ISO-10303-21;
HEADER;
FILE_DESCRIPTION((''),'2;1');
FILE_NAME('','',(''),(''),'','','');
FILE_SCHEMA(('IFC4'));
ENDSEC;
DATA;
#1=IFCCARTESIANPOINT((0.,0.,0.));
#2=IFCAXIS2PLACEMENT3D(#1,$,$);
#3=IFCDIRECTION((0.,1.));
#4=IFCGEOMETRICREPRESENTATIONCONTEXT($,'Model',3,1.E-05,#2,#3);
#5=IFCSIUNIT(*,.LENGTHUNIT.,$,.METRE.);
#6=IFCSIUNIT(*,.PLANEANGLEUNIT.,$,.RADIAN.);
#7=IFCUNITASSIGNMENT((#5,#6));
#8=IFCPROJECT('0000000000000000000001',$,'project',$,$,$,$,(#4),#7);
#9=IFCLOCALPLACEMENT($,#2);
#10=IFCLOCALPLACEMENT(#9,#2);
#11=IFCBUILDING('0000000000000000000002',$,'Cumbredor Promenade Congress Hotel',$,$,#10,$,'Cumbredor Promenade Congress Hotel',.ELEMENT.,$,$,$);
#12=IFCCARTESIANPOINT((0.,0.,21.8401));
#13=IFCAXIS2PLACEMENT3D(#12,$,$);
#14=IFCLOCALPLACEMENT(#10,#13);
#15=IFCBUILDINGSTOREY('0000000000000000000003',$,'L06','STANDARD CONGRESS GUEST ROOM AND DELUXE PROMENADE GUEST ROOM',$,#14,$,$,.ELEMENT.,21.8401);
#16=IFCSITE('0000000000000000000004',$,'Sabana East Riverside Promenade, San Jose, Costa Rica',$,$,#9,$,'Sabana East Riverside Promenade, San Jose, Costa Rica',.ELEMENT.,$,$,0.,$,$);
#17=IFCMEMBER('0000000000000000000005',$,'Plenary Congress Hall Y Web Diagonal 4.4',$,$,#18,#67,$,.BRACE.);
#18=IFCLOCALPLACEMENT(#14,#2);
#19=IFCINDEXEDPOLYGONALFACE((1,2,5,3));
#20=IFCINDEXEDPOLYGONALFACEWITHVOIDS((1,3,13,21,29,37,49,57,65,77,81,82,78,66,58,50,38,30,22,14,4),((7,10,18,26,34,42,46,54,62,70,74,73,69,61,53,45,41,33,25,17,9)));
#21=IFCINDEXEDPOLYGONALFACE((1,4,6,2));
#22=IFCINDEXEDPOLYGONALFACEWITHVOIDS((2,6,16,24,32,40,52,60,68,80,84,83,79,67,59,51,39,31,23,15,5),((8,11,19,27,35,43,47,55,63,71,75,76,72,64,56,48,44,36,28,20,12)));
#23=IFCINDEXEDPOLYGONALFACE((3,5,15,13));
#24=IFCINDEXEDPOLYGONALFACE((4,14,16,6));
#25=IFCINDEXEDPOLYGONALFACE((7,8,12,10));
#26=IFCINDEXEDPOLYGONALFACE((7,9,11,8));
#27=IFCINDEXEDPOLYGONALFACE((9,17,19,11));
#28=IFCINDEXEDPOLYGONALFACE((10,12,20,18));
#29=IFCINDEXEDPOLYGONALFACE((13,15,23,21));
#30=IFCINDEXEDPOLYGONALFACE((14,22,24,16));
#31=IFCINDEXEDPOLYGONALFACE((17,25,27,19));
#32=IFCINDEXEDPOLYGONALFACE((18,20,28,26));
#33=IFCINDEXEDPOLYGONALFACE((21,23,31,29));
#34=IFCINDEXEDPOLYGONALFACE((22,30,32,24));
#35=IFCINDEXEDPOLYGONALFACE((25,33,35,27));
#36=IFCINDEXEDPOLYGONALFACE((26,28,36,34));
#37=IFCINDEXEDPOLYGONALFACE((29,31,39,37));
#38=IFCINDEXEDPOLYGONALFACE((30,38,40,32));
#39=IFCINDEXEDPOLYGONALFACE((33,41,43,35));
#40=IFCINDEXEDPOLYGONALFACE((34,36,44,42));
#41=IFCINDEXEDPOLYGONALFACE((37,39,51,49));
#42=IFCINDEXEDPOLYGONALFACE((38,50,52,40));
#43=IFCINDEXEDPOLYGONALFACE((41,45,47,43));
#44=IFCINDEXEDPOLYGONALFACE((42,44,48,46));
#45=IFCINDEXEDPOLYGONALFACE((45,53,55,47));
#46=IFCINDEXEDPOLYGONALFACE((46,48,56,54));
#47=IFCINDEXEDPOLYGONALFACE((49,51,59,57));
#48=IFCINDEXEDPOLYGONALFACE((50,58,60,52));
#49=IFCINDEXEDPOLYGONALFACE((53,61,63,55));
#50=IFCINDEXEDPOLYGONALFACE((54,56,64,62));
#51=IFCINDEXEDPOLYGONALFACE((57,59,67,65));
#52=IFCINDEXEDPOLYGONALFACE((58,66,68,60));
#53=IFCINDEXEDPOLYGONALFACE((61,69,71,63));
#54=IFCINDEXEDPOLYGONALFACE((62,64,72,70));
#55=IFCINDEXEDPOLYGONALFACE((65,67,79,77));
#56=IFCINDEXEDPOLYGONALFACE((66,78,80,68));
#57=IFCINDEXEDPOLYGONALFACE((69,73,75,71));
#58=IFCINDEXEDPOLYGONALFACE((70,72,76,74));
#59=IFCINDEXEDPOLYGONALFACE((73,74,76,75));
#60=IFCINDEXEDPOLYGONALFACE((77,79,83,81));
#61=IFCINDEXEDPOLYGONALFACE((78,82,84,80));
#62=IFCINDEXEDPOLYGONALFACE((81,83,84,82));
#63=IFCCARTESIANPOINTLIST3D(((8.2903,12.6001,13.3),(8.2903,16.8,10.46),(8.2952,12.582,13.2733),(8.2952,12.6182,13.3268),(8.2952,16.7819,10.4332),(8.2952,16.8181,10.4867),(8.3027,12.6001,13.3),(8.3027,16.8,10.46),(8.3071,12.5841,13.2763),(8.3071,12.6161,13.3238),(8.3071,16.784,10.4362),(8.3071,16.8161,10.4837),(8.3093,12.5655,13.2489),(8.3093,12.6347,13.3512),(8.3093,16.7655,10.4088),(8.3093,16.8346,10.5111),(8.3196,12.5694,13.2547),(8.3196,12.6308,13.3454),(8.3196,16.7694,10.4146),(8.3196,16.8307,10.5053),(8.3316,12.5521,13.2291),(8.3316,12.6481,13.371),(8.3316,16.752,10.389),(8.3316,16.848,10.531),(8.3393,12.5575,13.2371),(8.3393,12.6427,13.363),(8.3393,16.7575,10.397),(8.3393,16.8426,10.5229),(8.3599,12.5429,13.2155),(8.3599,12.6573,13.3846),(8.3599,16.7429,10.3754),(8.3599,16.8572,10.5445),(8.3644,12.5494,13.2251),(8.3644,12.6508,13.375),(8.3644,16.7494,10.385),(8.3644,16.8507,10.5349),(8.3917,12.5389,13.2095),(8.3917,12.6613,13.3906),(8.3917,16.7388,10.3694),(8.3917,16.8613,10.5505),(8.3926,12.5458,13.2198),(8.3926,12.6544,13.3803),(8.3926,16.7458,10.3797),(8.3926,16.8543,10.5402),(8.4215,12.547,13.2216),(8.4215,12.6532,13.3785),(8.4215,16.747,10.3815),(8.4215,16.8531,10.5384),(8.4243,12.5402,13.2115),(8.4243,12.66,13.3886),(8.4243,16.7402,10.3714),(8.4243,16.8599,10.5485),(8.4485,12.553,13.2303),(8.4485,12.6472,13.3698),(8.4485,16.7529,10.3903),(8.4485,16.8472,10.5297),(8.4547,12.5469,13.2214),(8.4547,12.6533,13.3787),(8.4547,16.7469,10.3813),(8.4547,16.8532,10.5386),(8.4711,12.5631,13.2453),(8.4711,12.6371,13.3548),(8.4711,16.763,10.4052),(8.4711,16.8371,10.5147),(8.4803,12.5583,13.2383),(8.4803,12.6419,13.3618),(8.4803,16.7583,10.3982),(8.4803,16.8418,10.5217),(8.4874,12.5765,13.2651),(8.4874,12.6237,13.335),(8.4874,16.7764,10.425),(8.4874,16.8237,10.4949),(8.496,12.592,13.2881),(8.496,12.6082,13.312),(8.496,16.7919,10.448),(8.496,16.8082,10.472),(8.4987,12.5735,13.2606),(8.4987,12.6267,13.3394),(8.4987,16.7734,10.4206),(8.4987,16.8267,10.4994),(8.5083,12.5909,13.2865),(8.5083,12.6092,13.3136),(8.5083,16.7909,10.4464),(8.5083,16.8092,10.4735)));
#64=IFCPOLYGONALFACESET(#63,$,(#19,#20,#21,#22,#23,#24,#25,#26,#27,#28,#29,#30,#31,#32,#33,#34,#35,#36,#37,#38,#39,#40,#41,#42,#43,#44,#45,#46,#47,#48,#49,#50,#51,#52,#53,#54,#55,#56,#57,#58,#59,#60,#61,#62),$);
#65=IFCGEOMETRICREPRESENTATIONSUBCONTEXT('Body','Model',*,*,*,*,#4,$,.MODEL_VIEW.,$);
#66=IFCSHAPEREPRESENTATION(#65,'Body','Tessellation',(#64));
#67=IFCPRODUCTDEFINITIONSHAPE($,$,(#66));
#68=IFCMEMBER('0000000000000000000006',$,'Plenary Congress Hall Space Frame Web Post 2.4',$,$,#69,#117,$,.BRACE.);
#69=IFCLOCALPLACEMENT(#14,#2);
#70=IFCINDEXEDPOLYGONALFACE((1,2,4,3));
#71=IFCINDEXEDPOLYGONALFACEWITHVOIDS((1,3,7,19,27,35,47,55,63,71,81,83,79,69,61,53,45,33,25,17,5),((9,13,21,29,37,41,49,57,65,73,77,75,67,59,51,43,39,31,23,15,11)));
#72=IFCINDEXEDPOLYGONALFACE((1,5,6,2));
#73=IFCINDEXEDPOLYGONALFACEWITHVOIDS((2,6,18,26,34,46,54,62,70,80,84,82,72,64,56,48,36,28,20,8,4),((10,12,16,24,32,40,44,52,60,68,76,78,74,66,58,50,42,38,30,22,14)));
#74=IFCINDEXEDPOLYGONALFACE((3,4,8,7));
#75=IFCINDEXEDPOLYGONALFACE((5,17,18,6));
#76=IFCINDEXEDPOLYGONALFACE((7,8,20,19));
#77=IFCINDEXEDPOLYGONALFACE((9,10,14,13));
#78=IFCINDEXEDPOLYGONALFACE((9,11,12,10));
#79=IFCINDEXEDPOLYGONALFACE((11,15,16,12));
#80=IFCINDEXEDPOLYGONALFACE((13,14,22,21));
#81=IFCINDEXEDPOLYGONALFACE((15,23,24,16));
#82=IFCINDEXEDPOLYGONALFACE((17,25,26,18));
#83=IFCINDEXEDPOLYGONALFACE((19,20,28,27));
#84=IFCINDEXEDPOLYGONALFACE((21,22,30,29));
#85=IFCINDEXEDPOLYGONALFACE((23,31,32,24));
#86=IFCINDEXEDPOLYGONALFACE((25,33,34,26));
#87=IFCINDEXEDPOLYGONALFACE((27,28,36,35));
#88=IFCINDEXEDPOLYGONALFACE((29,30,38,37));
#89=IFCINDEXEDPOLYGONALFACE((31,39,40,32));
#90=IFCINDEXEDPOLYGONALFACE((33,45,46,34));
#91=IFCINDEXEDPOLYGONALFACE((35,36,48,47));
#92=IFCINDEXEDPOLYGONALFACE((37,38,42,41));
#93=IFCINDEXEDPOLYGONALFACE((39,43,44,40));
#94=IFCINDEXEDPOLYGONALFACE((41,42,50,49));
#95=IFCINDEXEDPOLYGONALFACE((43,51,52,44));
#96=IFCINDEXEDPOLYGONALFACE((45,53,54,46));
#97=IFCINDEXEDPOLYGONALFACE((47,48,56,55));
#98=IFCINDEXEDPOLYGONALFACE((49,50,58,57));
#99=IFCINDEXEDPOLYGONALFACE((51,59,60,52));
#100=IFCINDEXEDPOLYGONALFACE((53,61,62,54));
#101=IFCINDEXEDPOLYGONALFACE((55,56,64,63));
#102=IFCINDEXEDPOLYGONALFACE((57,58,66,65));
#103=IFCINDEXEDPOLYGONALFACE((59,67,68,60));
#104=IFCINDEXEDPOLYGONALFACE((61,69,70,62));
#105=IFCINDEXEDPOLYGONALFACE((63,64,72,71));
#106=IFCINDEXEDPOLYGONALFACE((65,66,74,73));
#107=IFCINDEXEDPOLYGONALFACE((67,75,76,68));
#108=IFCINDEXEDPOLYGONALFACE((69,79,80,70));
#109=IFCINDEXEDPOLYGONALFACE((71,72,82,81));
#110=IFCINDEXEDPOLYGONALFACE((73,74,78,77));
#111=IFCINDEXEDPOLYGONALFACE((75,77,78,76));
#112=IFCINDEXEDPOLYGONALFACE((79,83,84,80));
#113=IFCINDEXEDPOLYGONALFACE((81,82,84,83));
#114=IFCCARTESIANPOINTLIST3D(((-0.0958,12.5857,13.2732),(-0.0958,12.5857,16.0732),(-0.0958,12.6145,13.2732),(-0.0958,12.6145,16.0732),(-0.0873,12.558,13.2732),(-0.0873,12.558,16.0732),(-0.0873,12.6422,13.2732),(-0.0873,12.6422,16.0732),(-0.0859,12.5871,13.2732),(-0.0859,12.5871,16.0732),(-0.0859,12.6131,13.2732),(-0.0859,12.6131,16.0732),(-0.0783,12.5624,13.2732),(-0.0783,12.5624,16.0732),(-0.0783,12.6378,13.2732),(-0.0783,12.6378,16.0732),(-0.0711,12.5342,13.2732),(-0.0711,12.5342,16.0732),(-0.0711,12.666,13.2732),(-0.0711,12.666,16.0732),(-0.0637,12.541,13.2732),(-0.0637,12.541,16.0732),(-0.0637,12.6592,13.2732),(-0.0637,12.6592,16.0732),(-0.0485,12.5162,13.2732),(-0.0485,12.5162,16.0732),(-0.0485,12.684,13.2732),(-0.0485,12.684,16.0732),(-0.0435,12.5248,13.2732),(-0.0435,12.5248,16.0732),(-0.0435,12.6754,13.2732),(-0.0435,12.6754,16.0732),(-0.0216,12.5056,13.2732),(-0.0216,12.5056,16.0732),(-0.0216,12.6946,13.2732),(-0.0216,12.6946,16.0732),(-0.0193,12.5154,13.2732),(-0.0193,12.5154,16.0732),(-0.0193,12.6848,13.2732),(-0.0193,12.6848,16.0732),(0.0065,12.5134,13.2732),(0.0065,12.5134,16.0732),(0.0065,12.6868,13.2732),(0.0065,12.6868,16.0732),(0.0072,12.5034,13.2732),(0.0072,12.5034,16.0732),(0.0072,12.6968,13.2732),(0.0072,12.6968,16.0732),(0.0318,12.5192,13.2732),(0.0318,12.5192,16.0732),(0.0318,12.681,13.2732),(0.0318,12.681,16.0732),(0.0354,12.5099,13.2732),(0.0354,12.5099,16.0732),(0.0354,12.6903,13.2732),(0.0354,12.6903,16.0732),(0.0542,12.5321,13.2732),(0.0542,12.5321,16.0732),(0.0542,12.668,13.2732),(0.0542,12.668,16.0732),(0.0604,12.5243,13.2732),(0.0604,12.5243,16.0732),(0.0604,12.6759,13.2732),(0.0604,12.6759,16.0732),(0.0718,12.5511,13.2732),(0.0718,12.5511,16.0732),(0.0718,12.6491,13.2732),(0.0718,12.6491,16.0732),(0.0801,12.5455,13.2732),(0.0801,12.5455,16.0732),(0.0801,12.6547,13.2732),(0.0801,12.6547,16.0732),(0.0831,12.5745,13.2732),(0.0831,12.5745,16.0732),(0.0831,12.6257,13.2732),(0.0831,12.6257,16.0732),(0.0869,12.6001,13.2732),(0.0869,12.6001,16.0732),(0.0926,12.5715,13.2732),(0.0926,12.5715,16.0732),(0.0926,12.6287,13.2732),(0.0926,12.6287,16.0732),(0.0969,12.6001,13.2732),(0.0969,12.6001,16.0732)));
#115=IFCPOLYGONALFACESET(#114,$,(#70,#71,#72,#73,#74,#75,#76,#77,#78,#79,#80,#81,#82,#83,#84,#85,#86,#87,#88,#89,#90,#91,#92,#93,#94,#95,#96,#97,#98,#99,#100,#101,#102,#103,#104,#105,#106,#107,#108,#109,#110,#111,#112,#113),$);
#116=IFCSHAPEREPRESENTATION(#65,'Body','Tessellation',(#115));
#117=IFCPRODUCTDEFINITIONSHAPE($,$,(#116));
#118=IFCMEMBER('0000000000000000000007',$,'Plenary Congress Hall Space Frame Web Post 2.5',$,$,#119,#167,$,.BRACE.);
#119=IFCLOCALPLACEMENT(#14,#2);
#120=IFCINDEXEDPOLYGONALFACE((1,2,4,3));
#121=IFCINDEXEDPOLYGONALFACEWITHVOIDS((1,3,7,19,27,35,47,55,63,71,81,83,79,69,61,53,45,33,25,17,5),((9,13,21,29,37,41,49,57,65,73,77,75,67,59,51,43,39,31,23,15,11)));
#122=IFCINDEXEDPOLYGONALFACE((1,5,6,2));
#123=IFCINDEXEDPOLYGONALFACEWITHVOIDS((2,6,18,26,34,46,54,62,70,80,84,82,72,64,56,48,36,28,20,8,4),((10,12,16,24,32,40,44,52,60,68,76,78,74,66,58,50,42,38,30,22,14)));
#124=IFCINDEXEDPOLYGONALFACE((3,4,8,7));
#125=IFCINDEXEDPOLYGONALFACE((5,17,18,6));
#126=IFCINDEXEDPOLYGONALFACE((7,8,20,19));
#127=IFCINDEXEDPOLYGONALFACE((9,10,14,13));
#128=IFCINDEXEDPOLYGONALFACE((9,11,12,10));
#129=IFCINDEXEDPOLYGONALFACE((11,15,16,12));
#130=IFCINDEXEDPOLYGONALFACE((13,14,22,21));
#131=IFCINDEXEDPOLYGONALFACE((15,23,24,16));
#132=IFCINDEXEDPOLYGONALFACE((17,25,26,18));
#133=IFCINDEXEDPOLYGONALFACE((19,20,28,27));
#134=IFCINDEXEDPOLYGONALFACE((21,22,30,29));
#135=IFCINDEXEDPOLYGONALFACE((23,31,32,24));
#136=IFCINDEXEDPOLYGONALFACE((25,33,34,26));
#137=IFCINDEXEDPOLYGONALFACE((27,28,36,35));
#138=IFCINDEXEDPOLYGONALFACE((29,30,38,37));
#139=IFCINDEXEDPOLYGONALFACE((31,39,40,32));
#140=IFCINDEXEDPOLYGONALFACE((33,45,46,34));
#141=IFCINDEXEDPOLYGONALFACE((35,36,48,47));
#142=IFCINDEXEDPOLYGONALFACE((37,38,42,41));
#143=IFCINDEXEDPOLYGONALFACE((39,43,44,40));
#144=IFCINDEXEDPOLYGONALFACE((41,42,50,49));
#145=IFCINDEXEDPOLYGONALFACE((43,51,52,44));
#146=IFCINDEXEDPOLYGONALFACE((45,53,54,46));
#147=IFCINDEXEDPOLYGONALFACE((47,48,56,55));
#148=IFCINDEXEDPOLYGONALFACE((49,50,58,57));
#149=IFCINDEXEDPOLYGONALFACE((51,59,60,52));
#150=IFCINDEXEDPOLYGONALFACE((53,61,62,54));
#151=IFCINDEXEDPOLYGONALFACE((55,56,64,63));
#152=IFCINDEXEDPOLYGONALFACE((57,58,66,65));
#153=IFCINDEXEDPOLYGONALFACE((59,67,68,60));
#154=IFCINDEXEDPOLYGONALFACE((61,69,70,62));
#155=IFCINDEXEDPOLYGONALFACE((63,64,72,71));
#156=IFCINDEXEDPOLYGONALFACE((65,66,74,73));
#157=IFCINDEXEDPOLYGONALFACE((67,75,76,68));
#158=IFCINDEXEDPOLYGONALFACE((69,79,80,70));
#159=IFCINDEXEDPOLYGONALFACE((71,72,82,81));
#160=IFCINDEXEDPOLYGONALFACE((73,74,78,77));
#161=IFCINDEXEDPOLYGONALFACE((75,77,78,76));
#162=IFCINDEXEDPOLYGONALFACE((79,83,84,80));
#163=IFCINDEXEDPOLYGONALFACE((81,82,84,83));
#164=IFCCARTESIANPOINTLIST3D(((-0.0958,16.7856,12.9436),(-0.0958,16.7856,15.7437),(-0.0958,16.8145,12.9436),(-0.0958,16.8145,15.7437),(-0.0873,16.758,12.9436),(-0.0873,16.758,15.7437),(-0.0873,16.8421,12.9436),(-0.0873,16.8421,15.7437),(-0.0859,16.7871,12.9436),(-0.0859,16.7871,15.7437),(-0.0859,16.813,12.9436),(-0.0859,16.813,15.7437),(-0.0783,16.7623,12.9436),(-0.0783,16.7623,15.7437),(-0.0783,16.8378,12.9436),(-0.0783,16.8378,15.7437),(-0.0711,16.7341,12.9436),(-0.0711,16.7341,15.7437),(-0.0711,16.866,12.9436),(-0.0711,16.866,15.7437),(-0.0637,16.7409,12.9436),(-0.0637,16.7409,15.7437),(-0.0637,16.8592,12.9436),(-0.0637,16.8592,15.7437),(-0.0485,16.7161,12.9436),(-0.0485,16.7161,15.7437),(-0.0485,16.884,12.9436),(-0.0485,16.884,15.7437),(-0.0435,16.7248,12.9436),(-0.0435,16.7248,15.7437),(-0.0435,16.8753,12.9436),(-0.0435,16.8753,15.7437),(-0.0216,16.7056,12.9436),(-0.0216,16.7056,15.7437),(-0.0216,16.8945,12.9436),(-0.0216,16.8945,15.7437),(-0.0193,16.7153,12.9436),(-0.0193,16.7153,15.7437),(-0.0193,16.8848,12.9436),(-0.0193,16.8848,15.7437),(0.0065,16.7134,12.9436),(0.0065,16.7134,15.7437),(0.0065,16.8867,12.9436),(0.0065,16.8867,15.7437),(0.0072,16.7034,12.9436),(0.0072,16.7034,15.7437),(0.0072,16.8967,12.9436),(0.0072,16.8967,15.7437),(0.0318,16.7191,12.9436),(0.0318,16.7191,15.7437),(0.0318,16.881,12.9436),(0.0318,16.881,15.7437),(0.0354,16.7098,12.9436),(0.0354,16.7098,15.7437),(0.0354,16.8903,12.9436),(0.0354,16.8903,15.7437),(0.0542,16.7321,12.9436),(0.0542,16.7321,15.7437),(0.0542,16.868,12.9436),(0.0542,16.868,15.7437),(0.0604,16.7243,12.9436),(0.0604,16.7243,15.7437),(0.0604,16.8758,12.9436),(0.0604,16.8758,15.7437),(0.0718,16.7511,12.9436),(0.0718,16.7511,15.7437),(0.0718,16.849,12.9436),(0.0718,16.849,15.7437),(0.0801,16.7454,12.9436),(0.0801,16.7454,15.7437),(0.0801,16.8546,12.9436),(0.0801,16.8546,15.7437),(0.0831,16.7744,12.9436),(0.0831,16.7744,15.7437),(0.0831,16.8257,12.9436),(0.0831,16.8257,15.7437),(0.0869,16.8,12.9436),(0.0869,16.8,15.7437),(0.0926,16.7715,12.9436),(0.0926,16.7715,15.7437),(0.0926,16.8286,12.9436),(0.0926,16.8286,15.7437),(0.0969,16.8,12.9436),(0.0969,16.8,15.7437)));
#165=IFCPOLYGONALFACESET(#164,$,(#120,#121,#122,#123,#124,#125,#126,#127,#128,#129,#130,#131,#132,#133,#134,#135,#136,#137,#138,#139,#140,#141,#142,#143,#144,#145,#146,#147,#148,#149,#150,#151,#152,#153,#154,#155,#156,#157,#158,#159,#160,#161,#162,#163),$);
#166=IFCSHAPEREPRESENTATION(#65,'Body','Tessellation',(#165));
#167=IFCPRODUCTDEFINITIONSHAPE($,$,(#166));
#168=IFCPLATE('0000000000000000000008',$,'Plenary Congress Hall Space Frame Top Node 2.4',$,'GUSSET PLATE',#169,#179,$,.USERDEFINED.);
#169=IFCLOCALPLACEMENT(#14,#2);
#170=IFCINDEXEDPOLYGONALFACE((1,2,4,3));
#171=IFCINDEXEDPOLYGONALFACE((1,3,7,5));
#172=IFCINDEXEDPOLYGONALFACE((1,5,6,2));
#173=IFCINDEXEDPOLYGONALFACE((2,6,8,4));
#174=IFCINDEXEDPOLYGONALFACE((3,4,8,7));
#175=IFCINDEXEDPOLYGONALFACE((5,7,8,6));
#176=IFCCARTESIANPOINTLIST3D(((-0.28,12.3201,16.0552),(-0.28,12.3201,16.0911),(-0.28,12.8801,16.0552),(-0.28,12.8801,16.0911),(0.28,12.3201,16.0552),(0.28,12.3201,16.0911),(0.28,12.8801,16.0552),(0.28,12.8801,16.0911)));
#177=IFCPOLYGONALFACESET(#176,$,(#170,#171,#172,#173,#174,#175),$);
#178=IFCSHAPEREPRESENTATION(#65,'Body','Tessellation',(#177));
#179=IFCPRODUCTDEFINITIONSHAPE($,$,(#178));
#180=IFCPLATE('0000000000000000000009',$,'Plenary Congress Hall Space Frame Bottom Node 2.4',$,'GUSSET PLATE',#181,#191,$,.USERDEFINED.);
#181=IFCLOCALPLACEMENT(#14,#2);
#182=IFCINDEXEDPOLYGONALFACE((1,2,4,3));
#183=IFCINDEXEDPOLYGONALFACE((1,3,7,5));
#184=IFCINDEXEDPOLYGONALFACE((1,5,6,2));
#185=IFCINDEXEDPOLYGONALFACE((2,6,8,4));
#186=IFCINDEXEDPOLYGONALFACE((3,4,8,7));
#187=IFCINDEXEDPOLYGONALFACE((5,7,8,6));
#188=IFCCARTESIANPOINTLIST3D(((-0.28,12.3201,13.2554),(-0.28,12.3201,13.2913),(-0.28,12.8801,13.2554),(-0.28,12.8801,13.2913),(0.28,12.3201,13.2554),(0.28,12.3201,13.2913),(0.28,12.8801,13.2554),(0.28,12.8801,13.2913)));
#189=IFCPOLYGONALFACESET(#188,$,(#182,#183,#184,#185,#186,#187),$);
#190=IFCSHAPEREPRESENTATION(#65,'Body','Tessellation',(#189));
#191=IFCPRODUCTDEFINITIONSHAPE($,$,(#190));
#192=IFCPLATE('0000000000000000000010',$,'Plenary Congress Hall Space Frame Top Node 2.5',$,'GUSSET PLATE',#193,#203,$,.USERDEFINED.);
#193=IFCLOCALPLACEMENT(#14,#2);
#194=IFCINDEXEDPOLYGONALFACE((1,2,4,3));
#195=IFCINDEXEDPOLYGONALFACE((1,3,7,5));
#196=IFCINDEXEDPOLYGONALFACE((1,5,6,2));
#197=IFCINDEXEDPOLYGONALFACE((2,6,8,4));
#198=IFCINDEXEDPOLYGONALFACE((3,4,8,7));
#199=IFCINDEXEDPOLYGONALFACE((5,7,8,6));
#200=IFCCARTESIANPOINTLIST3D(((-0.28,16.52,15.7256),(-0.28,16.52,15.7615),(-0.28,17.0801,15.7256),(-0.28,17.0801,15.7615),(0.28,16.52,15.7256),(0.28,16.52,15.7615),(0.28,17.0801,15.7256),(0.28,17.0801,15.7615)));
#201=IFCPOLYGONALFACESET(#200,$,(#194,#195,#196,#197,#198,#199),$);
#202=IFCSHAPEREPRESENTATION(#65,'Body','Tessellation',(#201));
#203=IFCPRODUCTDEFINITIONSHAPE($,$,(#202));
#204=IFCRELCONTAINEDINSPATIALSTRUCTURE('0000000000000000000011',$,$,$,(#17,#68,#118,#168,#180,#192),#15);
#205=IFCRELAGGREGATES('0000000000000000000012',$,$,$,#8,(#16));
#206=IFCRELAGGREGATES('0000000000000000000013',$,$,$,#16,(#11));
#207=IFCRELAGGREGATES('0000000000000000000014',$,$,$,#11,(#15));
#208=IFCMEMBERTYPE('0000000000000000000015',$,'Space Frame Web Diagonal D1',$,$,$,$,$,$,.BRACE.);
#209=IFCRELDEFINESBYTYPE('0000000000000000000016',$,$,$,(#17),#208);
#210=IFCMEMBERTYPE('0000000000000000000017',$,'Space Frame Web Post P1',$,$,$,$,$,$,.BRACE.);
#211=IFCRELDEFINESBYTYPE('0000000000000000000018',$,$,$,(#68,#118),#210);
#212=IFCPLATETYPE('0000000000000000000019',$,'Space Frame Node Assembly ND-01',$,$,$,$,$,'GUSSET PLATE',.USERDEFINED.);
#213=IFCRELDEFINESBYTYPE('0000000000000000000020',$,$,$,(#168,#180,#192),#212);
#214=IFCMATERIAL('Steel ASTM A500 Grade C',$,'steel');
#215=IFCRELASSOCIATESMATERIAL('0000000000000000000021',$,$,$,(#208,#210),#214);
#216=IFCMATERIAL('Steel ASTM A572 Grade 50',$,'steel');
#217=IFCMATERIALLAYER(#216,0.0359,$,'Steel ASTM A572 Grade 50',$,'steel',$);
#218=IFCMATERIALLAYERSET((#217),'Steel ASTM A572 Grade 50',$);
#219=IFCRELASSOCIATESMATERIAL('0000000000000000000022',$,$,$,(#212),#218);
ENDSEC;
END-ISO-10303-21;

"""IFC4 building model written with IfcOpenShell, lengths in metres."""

from ifc_helpers import new_model, si_unit, direction, frame, origin, origin_2d, place, context, subcontext, project, spatial, rectangle, hollow_circle, extrude, material, layer, layer_set, material_profile, profile_set, type_object, element, save


model = new_model("IFC4")

# Units and contexts
model_context = context("Model", 3, precision=1e-05, world=origin(), true_north=direction((0.0, 1.0)))
body_context = subcontext(model_context, "Body", "Model", "MODEL_VIEW")
ifc_project = project(units=[si_unit("LENGTHUNIT", "METRE"), si_unit("PLANEANGLEUNIT", "RADIAN")], contexts=[model_context])

# Site, building, storey
site_placement = place(None, origin())
site = spatial("IfcSite", under=ifc_project, at=site_placement, Name="Sabana East Riverside Promenade, San Jose, Costa Rica", LongName="Sabana East Riverside Promenade, San Jose, Costa Rica", CompositionType="ELEMENT", RefElevation=0.0)
building_placement = place(site_placement, origin())
building = spatial("IfcBuilding", under=site, at=building_placement, Name="Cumbredor Promenade Congress Hotel", LongName="Cumbredor Promenade Congress Hotel", CompositionType="ELEMENT")
storey_placement = place(building_placement, frame((0.0, 0.0, 21.8401)))
storey = spatial("IfcBuildingStorey", under=building, at=storey_placement, Name="L06", Description="STANDARD CONGRESS GUEST ROOM AND DELUXE PROMENADE GUEST ROOM", CompositionType="ELEMENT", Elevation=21.8401)

# Members
ifc_material_1 = material(Name="Steel ASTM A500 Grade C", Category="steel")
ifc_material_profile_1 = material_profile(ifc_material_1, hollow_circle(Radius=0.1096, WallThickness=0.0125, at=origin_2d()), Name="CHS 219.1x12.5")
ifc_profile_set_1 = profile_set([ifc_material_profile_1], Name="Steel ASTM A500 Grade C")
member_type_1 = type_object("IfcMemberType", Name="Space Frame Web Diagonal D1", PredefinedType="BRACE", material=ifc_profile_set_1)
member_1_placement = place(storey_placement, frame((8.3999, 12.6001, 13.3), z_axis=(0.0, 0.82838, -0.560167), x_axis=(-1.0, 0.0, 0.0)))
element("IfcMember", 1, at=member_1_placement, inside=storey, type_object=member_type_1, Name="Plenary Congress Hall Y Web Diagonal 4.4", PredefinedType="BRACE", context=body_context, shape_type="SweptSolid", body=[
    extrude(hollow_circle(Radius=0.1096, WallThickness=0.0125, at=origin_2d()), origin(), (0.0, 0.0, 1.0), 5.0701),
])
ifc_material_profile_2 = material_profile(ifc_material_1, hollow_circle(Radius=0.0969, WallThickness=0.01, at=origin_2d()), Name="CHS 193.7x10")
ifc_profile_set_2 = profile_set([ifc_material_profile_2], Name="Steel ASTM A500 Grade C")
member_type_2 = type_object("IfcMemberType", Name="Space Frame Web Post P1", PredefinedType="BRACE", material=ifc_profile_set_2)
for number, where, z_axis, x_axis, name in (
    (2, (0.0, 12.6001, 13.2732), (0.0, 0.0, 1.0), (1.0, 0.0, 0.0), "Plenary Congress Hall Space Frame Web Post 2.4"),
    (3, (0.0, 16.8, 12.9436), (0.0, 0.0, 1.0), (1.0, 0.0, 0.0), "Plenary Congress Hall Space Frame Web Post 2.5"),
):
    element("IfcMember", number, at=place(storey_placement, frame(where, z_axis=z_axis, x_axis=x_axis)), inside=storey, type_object=member_type_2, Name=name, PredefinedType="BRACE", context=body_context, shape_type="SweptSolid", body=[
        extrude(hollow_circle(Radius=0.0969, WallThickness=0.01, at=origin_2d()), origin(), (0.0, 0.0, 1.0), 2.8),
    ])

# Plates
ifc_material_2 = material(Name="Steel ASTM A572 Grade 50", Category="steel")
ifc_layer = layer(ifc_material_2, 0.0359, Name="Steel ASTM A572 Grade 50", Category="steel")
ifc_layer_set = layer_set([ifc_layer], Name="Steel ASTM A572 Grade 50")
plate_type = type_object("IfcPlateType", Name="Space Frame Node Assembly ND-01", ElementType="GUSSET PLATE", PredefinedType="USERDEFINED", material=ifc_layer_set)
for number, where, z_axis, x_axis, name in (
    (4, (0.0, 12.6001, 16.0552), (0.0, 0.0, 1.0), (1.0, 0.0, 0.0), "Plenary Congress Hall Space Frame Top Node 2.4"),
    (5, (0.0, 12.6001, 13.2554), (0.0, 0.0, 1.0), (1.0, 0.0, 0.0), "Plenary Congress Hall Space Frame Bottom Node 2.4"),
    (6, (0.0, 16.8, 15.7256), (0.0, 0.0, 1.0), (1.0, 0.0, 0.0), "Plenary Congress Hall Space Frame Top Node 2.5"),
):
    element("IfcPlate", number, at=place(storey_placement, frame(where, z_axis=z_axis, x_axis=x_axis)), inside=storey, type_object=plate_type, Name=name, ObjectType="GUSSET PLATE", PredefinedType="USERDEFINED", context=body_context, shape_type="SweptSolid", body=[
        extrude(rectangle(XDim=0.5601, YDim=0.5601, at=origin_2d()), origin(), (0.0, 0.0, 1.0), 0.0359),
    ])

save(model, "model.ifc")
